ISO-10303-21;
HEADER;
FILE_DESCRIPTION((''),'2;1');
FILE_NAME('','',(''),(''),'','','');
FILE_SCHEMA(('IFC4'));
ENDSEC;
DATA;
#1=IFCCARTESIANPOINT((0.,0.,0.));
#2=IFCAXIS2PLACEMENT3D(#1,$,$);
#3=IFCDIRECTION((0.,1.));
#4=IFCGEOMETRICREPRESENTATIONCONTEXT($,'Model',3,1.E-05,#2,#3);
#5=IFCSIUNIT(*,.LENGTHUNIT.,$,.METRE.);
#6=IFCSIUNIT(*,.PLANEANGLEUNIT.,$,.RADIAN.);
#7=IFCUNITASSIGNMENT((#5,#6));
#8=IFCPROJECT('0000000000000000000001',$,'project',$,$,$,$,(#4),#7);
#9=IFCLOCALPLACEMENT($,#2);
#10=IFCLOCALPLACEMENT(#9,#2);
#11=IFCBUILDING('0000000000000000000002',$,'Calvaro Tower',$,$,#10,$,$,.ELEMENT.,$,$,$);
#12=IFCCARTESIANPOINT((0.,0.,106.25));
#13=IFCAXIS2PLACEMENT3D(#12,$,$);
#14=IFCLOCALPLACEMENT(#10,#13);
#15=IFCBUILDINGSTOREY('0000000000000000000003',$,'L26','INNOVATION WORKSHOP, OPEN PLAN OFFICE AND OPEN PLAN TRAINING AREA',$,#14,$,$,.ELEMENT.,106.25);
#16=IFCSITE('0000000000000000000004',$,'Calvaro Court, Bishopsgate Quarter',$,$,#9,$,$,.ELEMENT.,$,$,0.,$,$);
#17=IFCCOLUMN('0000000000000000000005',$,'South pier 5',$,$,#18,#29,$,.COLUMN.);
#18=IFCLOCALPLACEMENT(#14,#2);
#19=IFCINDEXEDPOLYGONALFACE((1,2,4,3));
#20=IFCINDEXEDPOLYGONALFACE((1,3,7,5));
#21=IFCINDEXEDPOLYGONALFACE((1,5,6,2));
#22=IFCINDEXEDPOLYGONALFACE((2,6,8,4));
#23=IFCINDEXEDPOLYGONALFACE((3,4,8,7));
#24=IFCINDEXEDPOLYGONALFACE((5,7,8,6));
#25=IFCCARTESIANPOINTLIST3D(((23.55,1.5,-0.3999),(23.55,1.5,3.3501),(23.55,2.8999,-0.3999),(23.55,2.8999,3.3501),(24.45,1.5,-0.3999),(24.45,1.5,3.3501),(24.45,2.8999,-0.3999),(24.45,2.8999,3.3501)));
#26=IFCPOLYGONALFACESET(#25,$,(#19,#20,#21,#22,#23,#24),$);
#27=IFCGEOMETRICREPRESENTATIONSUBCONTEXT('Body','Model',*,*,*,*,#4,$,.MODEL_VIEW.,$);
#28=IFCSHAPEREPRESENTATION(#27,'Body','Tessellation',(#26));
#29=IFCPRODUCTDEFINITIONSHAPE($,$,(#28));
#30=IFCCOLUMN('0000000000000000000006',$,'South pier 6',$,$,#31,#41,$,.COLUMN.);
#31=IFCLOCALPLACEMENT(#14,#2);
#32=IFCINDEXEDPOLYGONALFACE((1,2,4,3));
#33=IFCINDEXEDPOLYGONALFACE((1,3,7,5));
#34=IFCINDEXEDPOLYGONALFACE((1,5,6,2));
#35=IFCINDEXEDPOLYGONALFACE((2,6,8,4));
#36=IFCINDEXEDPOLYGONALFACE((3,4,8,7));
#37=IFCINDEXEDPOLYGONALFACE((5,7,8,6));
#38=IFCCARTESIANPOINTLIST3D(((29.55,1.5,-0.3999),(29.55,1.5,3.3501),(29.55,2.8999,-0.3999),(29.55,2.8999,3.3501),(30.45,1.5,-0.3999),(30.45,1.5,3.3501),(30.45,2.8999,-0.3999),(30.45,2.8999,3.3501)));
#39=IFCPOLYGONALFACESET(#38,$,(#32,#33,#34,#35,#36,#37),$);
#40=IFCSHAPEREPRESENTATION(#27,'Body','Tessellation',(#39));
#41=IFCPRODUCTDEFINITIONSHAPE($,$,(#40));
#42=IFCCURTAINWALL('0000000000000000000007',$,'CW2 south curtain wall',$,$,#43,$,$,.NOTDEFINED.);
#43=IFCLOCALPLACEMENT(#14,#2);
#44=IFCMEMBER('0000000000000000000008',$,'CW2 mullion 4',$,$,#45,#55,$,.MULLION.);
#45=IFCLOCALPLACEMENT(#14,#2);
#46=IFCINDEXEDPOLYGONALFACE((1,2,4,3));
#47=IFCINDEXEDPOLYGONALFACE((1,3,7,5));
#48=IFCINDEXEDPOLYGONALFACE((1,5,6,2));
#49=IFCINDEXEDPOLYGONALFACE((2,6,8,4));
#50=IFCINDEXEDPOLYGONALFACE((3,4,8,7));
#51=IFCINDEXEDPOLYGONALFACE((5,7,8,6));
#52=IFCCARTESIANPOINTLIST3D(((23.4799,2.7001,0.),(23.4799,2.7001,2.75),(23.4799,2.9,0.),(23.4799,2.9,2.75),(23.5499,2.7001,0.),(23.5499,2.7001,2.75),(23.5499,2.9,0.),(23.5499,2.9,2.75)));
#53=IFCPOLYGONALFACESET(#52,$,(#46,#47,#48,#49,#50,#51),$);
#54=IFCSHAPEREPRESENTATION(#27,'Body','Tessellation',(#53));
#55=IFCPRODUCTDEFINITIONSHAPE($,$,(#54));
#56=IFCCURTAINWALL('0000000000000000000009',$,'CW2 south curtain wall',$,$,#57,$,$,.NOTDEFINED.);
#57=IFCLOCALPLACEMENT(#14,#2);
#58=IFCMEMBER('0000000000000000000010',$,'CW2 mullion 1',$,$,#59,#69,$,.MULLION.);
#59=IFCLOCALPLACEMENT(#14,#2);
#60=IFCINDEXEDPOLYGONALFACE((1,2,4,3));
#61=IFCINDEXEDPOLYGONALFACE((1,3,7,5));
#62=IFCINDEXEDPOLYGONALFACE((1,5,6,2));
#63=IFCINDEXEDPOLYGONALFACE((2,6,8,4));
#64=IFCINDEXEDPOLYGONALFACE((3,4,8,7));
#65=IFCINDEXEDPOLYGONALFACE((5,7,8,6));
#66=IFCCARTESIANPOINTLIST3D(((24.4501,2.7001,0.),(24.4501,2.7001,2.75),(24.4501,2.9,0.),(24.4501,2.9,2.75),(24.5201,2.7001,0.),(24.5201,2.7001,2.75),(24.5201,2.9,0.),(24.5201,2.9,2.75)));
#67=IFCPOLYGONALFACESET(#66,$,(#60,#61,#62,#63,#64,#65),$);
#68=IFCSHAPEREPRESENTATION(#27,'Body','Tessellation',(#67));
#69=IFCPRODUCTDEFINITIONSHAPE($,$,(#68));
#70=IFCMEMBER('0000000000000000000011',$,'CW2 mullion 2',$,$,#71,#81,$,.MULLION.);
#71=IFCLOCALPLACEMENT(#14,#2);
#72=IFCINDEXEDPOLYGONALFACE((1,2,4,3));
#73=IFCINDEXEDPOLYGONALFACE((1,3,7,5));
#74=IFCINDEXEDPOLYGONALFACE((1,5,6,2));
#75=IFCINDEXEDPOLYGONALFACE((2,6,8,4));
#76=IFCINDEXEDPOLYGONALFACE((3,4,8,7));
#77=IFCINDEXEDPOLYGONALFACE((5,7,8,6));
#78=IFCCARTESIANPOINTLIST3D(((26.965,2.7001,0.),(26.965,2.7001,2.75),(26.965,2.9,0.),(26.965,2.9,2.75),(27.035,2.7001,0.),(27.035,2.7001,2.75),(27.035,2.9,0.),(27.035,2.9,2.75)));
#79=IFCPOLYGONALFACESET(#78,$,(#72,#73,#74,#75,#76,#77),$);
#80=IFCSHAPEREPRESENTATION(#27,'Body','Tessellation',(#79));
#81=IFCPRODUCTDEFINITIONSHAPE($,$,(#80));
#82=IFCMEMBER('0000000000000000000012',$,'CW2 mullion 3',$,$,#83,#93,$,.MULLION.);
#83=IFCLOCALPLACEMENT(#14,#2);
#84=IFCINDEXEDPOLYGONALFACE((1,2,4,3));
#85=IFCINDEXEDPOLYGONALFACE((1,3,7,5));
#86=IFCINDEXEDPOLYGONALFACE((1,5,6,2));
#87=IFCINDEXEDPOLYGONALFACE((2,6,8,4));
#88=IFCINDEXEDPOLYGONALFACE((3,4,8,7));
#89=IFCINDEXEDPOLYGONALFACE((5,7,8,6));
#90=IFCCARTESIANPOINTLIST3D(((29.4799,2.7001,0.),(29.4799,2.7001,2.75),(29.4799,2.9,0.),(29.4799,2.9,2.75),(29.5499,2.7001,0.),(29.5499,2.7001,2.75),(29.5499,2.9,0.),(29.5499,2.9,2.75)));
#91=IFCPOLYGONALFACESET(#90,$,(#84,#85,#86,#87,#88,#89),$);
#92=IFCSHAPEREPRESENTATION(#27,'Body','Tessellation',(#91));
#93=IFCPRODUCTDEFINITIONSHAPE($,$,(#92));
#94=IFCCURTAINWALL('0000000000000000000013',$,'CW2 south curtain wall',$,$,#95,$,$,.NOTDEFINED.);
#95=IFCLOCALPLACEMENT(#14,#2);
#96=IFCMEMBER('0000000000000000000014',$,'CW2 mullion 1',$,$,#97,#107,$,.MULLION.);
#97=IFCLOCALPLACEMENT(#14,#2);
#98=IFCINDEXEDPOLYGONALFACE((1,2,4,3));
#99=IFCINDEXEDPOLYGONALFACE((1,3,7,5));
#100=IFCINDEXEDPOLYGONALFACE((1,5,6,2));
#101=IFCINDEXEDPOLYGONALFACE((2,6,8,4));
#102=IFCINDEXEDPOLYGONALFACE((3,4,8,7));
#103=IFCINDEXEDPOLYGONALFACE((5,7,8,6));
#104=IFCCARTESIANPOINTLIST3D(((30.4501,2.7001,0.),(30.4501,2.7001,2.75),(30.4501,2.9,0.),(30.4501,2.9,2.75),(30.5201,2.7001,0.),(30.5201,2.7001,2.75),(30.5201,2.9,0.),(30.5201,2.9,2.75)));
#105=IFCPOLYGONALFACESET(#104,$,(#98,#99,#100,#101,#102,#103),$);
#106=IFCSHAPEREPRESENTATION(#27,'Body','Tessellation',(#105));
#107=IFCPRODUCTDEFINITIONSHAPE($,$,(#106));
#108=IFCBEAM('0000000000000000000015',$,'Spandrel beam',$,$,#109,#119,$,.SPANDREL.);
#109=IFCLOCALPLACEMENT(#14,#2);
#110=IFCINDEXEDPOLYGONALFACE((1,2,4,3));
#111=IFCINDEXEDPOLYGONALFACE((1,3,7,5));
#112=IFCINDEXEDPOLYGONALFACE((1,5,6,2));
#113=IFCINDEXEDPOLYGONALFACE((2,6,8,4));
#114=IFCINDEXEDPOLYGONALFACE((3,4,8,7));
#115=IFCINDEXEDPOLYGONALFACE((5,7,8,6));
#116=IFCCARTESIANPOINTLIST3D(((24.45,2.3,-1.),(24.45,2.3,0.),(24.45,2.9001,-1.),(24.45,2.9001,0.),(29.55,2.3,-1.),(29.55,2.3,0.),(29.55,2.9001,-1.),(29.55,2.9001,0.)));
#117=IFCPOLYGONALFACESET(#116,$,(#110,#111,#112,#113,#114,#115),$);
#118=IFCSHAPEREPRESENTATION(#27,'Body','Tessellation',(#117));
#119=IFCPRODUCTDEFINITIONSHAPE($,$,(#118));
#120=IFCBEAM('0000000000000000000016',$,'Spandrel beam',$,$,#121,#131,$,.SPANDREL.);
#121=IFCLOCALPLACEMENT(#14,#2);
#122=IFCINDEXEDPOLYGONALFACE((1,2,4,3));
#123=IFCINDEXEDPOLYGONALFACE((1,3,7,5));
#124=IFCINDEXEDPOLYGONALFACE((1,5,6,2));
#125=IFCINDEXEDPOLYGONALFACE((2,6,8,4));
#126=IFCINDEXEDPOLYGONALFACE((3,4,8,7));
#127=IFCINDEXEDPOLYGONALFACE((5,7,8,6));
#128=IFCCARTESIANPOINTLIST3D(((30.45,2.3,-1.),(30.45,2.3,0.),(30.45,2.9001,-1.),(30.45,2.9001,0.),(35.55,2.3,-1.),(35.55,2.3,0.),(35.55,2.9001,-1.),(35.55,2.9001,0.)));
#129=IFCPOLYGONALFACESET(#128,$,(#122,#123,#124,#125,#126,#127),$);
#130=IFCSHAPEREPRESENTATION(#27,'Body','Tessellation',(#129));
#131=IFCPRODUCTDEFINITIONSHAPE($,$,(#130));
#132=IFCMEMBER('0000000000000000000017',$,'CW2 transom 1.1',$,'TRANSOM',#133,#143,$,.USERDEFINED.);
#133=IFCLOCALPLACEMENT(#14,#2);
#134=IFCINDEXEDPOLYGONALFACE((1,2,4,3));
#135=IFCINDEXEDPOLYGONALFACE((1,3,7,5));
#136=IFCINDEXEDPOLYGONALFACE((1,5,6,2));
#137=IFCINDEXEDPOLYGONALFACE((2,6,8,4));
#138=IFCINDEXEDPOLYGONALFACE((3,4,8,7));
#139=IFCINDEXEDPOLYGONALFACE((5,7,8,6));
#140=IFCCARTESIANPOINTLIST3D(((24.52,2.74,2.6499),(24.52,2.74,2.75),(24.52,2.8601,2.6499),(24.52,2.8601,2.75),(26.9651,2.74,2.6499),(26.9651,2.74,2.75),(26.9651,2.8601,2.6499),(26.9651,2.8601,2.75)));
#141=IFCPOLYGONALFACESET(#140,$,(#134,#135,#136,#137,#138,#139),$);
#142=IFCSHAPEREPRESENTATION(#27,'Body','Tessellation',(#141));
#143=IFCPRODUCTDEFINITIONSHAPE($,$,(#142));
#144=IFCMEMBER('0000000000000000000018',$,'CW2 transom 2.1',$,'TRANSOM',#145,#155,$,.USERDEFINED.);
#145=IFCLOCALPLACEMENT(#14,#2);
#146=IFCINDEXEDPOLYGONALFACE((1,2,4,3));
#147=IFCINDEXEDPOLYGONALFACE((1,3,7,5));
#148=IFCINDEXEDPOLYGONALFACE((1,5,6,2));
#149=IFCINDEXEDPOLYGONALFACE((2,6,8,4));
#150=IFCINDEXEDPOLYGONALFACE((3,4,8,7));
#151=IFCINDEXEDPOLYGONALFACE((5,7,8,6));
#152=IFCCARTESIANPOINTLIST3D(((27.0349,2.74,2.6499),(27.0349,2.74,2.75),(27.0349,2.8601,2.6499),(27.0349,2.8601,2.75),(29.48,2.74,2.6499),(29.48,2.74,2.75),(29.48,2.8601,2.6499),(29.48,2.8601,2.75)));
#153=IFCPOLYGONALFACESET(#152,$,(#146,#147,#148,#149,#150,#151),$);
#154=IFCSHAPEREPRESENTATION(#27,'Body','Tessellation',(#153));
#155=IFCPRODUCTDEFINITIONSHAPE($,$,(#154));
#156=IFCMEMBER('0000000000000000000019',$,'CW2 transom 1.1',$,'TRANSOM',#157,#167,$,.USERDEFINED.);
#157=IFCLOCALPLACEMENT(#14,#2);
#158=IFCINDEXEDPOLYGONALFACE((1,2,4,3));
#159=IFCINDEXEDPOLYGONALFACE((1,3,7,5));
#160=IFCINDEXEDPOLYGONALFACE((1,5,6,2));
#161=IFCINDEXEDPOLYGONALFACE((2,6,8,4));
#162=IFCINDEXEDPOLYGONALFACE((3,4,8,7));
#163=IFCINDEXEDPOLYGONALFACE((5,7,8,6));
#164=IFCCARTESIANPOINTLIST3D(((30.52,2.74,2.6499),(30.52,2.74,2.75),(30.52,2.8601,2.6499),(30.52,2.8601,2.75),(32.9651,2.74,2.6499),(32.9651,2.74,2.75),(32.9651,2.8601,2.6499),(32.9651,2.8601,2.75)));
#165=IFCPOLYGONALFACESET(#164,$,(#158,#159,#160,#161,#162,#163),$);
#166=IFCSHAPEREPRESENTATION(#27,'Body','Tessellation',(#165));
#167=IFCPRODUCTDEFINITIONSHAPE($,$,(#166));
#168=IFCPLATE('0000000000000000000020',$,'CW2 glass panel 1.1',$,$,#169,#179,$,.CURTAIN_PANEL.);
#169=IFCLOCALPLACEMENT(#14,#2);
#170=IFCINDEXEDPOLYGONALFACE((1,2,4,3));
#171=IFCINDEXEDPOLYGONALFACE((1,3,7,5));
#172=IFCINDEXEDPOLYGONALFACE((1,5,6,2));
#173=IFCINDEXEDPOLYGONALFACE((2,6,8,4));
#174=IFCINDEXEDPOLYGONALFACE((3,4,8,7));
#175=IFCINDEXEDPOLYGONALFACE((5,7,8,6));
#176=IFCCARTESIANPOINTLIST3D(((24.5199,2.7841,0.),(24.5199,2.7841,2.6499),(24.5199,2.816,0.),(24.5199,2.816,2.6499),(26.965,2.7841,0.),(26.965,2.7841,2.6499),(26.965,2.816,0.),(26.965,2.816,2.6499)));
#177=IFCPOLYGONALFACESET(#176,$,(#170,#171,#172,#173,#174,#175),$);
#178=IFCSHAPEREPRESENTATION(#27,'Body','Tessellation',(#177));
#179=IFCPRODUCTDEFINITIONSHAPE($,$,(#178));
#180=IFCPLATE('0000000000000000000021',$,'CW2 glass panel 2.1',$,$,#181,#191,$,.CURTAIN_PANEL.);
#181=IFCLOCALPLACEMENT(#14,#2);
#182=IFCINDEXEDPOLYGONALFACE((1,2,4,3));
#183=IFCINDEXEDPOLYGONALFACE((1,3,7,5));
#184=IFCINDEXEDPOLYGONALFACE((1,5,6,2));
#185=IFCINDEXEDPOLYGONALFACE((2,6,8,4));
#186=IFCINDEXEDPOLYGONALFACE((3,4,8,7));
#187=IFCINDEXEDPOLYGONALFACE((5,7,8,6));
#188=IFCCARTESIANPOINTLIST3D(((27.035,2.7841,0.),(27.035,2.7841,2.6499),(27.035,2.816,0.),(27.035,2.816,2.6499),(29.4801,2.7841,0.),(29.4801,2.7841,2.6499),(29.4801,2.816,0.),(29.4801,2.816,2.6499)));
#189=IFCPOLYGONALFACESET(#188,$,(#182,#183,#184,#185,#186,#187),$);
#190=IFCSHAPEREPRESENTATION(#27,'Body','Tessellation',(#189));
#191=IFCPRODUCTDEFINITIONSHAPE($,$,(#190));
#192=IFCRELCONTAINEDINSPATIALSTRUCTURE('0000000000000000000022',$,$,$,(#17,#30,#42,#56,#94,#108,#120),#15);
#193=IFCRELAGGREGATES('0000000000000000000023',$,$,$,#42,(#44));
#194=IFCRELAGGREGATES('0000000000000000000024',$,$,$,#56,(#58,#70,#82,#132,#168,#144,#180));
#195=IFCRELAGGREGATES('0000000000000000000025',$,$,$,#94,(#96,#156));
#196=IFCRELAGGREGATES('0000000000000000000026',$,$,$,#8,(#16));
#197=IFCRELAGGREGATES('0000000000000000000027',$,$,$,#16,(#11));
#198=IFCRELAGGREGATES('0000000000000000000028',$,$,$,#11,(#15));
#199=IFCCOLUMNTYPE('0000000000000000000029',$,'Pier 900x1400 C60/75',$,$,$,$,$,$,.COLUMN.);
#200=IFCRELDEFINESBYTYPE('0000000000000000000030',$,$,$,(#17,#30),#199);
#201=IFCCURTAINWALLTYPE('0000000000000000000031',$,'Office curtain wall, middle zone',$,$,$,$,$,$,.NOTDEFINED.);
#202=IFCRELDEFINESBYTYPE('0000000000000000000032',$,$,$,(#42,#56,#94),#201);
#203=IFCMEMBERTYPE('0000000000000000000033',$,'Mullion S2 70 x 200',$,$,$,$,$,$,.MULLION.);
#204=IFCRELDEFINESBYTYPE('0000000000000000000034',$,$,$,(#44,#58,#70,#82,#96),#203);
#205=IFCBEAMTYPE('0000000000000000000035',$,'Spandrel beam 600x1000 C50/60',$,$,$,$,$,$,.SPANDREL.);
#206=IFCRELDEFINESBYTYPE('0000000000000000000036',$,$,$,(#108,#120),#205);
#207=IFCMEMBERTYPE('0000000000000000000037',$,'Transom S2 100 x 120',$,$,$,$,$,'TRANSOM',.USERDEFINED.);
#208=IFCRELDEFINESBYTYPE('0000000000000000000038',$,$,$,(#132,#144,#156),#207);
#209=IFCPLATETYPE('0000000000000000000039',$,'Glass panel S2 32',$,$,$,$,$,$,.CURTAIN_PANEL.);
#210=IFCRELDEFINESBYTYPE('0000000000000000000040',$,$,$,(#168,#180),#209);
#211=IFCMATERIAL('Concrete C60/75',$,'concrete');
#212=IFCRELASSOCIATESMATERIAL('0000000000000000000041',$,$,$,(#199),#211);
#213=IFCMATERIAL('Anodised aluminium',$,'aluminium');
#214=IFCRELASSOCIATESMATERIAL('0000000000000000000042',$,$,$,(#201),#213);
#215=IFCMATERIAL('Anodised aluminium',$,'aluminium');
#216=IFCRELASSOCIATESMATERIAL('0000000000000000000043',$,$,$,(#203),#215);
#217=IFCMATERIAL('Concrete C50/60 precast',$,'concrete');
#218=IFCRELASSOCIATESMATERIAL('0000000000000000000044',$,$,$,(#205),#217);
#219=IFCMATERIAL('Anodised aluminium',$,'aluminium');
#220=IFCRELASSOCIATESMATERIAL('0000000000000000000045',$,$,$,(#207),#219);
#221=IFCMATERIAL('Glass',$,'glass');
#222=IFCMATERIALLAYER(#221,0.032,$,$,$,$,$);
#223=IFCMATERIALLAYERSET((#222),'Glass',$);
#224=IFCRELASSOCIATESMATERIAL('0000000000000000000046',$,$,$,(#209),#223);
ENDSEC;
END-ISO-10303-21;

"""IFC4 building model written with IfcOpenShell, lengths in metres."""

from ifc_helpers import new_model, si_unit, direction, frame, origin, origin_2d, place, context, subcontext, project, spatial, rectangle, extrude, material, layer, layer_set, material_profile, profile_set, type_object, element, aggregate, save


model = new_model("IFC4")

# Units and contexts
model_context = context("Model", 3, precision=1e-05, world=origin(), true_north=direction((0.0, 1.0)))
body_context = subcontext(model_context, "Body", "Model", "MODEL_VIEW")
ifc_project = project(units=[si_unit("LENGTHUNIT", "METRE"), si_unit("PLANEANGLEUNIT", "RADIAN")], contexts=[model_context])

# Site, building, storey
site_placement = place(None, origin())
site = spatial("IfcSite", under=ifc_project, at=site_placement, Name="Calvaro Court, Bishopsgate Quarter", CompositionType="ELEMENT", RefElevation=0.0)
building_placement = place(site_placement, origin())
building = spatial("IfcBuilding", under=site, at=building_placement, Name="Calvaro Tower", CompositionType="ELEMENT")
storey_placement = place(building_placement, frame((0.0, 0.0, 106.25)))
storey = spatial("IfcBuildingStorey", under=building, at=storey_placement, Name="L26", Description="INNOVATION WORKSHOP, OPEN PLAN OFFICE AND OPEN PLAN TRAINING AREA", CompositionType="ELEMENT", Elevation=106.25)

# Columns
ifc_material_1 = material(Name="Concrete C60/75", Category="concrete")
ifc_material_profile_1 = material_profile(ifc_material_1, rectangle(XDim=0.8999, YDim=1.3999, at=origin_2d()), Name="RC 900x1400")
ifc_profile_set_1 = profile_set([ifc_material_profile_1], Name="Concrete C60/75")
column_type = type_object("IfcColumnType", Name="Pier 900x1400 C60/75", PredefinedType="COLUMN", material=ifc_profile_set_1)
for number, where, z_axis, x_axis, name in (
    (1, (24.0, 2.2, -0.3999), (0.0, 0.0, 1.0), (1.0, 0.0, 0.0), "South pier 5"),
    (2, (30.0, 2.2, -0.3999), (0.0, 0.0, 1.0), (1.0, 0.0, 0.0), "South pier 6"),
):
    element("IfcColumn", number, at=place(storey_placement, frame(where, z_axis=z_axis, x_axis=x_axis)), inside=storey, type_object=column_type, Name=name, PredefinedType="COLUMN", context=body_context, shape_type="SweptSolid", body=[
        extrude(rectangle(XDim=0.8999, YDim=1.3999, at=origin_2d()), origin(), (0.0, 0.0, 1.0), 3.75),
    ])

# Curtain wall, member
ifc_material_2 = material(Name="Anodised aluminium", Category="aluminium")
curtain_wall_type = type_object("IfcCurtainWallType", Name="Office curtain wall, middle zone", PredefinedType="NOTDEFINED", material=ifc_material_2)
curtain_wall_1_placement = place(storey_placement, origin())
curtain_wall_1 = element("IfcCurtainWall", 3, at=curtain_wall_1_placement, inside=storey, type_object=curtain_wall_type, Name="CW2 south curtain wall", PredefinedType="NOTDEFINED")
ifc_material_3 = material(Name="Anodised aluminium", Category="aluminium")
ifc_material_profile_2 = material_profile(ifc_material_3, rectangle(XDim=0.2, YDim=0.0701, at=origin_2d()), Name="Mullion S2 70 x 200")
ifc_profile_set_2 = profile_set([ifc_material_profile_2], Name="Anodised aluminium")
member_type_1 = type_object("IfcMemberType", Name="Mullion S2 70 x 200", PredefinedType="MULLION", material=ifc_profile_set_2)
member_1_placement = place(storey_placement, frame((23.5149, 2.8, 0.0), z_axis=(0.0, 0.0, 1.0), x_axis=(0.0, 1.0, 0.0)))
member_1 = element("IfcMember", 4, at=member_1_placement, type_object=member_type_1, Name="CW2 mullion 4", PredefinedType="MULLION", context=body_context, shape_type="SweptSolid", body=[
    extrude(rectangle(XDim=0.2, YDim=0.0701, at=origin_2d()), origin(), (0.0, 0.0, 1.0), 2.75),
])
aggregate(curtain_wall_1, [member_1])

# Curtain wall, members
curtain_wall_2_placement = place(storey_placement, origin())
curtain_wall_2 = element("IfcCurtainWall", 5, at=curtain_wall_2_placement, inside=storey, type_object=curtain_wall_type, Name="CW2 south curtain wall", PredefinedType="NOTDEFINED")
member_2_placement = place(storey_placement, frame((24.4851, 2.8, 0.0), z_axis=(0.0, 0.0, 1.0), x_axis=(0.0, 1.0, 0.0)))
member_2 = element("IfcMember", 6, at=member_2_placement, type_object=member_type_1, Name="CW2 mullion 1", PredefinedType="MULLION", context=body_context, shape_type="SweptSolid", body=[
    extrude(rectangle(XDim=0.2, YDim=0.0701, at=origin_2d()), origin(), (0.0, 0.0, 1.0), 2.75),
])
member_3_placement = place(storey_placement, frame((27.0, 2.8, 0.0), z_axis=(0.0, 0.0, 1.0), x_axis=(0.0, 1.0, 0.0)))
member_3 = element("IfcMember", 7, at=member_3_placement, type_object=member_type_1, Name="CW2 mullion 2", PredefinedType="MULLION", context=body_context, shape_type="SweptSolid", body=[
    extrude(rectangle(XDim=0.2, YDim=0.0701, at=origin_2d()), origin(), (0.0, 0.0, 1.0), 2.75),
])
member_4_placement = place(storey_placement, frame((29.5149, 2.8, 0.0), z_axis=(0.0, 0.0, 1.0), x_axis=(0.0, 1.0, 0.0)))
member_4 = element("IfcMember", 8, at=member_4_placement, type_object=member_type_1, Name="CW2 mullion 3", PredefinedType="MULLION", context=body_context, shape_type="SweptSolid", body=[
    extrude(rectangle(XDim=0.2, YDim=0.0701, at=origin_2d()), origin(), (0.0, 0.0, 1.0), 2.75),
])

# Curtain wall, member
curtain_wall_3_placement = place(storey_placement, origin())
curtain_wall_3 = element("IfcCurtainWall", 9, at=curtain_wall_3_placement, inside=storey, type_object=curtain_wall_type, Name="CW2 south curtain wall", PredefinedType="NOTDEFINED")
member_5_placement = place(storey_placement, frame((30.4851, 2.8, 0.0), z_axis=(0.0, 0.0, 1.0), x_axis=(0.0, 1.0, 0.0)))
member_5 = element("IfcMember", 10, at=member_5_placement, type_object=member_type_1, Name="CW2 mullion 1", PredefinedType="MULLION", context=body_context, shape_type="SweptSolid", body=[
    extrude(rectangle(XDim=0.2, YDim=0.0701, at=origin_2d()), origin(), (0.0, 0.0, 1.0), 2.75),
])

# Beams
ifc_material_4 = material(Name="Concrete C50/60 precast", Category="concrete")
ifc_material_profile_3 = material_profile(ifc_material_4, rectangle(XDim=0.6001, YDim=1.0, at=origin_2d()), Name="RC 600x1000")
ifc_profile_set_3 = profile_set([ifc_material_profile_3], Name="Concrete C50/60 precast")
beam_type = type_object("IfcBeamType", Name="Spandrel beam 600x1000 C50/60", PredefinedType="SPANDREL", material=ifc_profile_set_3)
for number, where, z_axis, x_axis, name in (
    (11, (24.45, 2.6001, -0.5), (1.0, 0.0, 0.0), (0.0, 1.0, 0.0), "Spandrel beam"),
    (12, (30.45, 2.6001, -0.5), (1.0, 0.0, 0.0), (0.0, 1.0, 0.0), "Spandrel beam"),
):
    element("IfcBeam", number, at=place(storey_placement, frame(where, z_axis=z_axis, x_axis=x_axis)), inside=storey, type_object=beam_type, Name=name, PredefinedType="SPANDREL", context=body_context, shape_type="SweptSolid", body=[
        extrude(rectangle(XDim=0.6001, YDim=1.0, at=origin_2d()), origin(), (0.0, 0.0, 1.0), 5.1001),
    ])

# Members
ifc_material_5 = material(Name="Anodised aluminium", Category="aluminium")
ifc_material_profile_4 = material_profile(ifc_material_5, rectangle(XDim=0.1201, YDim=0.1001, at=origin_2d()), Name="Transom S2 100 x 120")
ifc_profile_set_4 = profile_set([ifc_material_profile_4], Name="Anodised aluminium")
member_type_2 = type_object("IfcMemberType", Name="Transom S2 100 x 120", ElementType="TRANSOM", PredefinedType="USERDEFINED", material=ifc_profile_set_4)
member_6_placement = place(storey_placement, frame((24.52, 2.8, 2.7), z_axis=(1.0, 0.0, 0.0), x_axis=(0.0, 1.0, 0.0)))
member_6 = element("IfcMember", 13, at=member_6_placement, type_object=member_type_2, Name="CW2 transom 1.1", ObjectType="TRANSOM", PredefinedType="USERDEFINED", context=body_context, shape_type="SweptSolid", body=[
    extrude(rectangle(XDim=0.1201, YDim=0.1001, at=origin_2d()), origin(), (0.0, 0.0, 1.0), 2.4451),
])
member_7_placement = place(storey_placement, frame((27.0349, 2.8, 2.7), z_axis=(1.0, 0.0, 0.0), x_axis=(0.0, 1.0, 0.0)))
member_7 = element("IfcMember", 14, at=member_7_placement, type_object=member_type_2, Name="CW2 transom 2.1", ObjectType="TRANSOM", PredefinedType="USERDEFINED", context=body_context, shape_type="SweptSolid", body=[
    extrude(rectangle(XDim=0.1201, YDim=0.1001, at=origin_2d()), origin(), (0.0, 0.0, 1.0), 2.4451),
])
member_8_placement = place(storey_placement, frame((30.52, 2.8, 2.7), z_axis=(1.0, 0.0, 0.0), x_axis=(0.0, 1.0, 0.0)))
member_8 = element("IfcMember", 15, at=member_8_placement, type_object=member_type_2, Name="CW2 transom 1.1", ObjectType="TRANSOM", PredefinedType="USERDEFINED", context=body_context, shape_type="SweptSolid", body=[
    extrude(rectangle(XDim=0.1201, YDim=0.1001, at=origin_2d()), origin(), (0.0, 0.0, 1.0), 2.4451),
])

# Plates
ifc_material_6 = material(Name="Glass", Category="glass")
ifc_layer = layer(ifc_material_6, 0.032)
ifc_layer_set = layer_set([ifc_layer], Name="Glass")
plate_type = type_object("IfcPlateType", Name="Glass panel S2 32", PredefinedType="CURTAIN_PANEL", material=ifc_layer_set)
plate_1_placement = place(storey_placement, frame((25.7424, 2.8, 0.0), z_axis=(0.0, 0.0, 1.0), x_axis=(1.0, 0.0, 0.0)))
plate_1 = element("IfcPlate", 16, at=plate_1_placement, type_object=plate_type, Name="CW2 glass panel 1.1", PredefinedType="CURTAIN_PANEL", context=body_context, shape_type="SweptSolid", body=[
    extrude(rectangle(XDim=2.4451, YDim=0.032, at=origin_2d()), origin(), (0.0, 0.0, 1.0), 2.6499),
])
plate_2_placement = place(storey_placement, frame((28.2576, 2.8, 0.0), z_axis=(0.0, 0.0, 1.0), x_axis=(1.0, 0.0, 0.0)))
plate_2 = element("IfcPlate", 17, at=plate_2_placement, type_object=plate_type, Name="CW2 glass panel 2.1", PredefinedType="CURTAIN_PANEL", context=body_context, shape_type="SweptSolid", body=[
    extrude(rectangle(XDim=2.4451, YDim=0.032, at=origin_2d()), origin(), (0.0, 0.0, 1.0), 2.6499),
])
aggregate(curtain_wall_2, [member_2, member_3, member_4, member_6, plate_1, member_7, plate_2])
aggregate(curtain_wall_3, [member_5, member_8])

save(model, "model.ifc")
